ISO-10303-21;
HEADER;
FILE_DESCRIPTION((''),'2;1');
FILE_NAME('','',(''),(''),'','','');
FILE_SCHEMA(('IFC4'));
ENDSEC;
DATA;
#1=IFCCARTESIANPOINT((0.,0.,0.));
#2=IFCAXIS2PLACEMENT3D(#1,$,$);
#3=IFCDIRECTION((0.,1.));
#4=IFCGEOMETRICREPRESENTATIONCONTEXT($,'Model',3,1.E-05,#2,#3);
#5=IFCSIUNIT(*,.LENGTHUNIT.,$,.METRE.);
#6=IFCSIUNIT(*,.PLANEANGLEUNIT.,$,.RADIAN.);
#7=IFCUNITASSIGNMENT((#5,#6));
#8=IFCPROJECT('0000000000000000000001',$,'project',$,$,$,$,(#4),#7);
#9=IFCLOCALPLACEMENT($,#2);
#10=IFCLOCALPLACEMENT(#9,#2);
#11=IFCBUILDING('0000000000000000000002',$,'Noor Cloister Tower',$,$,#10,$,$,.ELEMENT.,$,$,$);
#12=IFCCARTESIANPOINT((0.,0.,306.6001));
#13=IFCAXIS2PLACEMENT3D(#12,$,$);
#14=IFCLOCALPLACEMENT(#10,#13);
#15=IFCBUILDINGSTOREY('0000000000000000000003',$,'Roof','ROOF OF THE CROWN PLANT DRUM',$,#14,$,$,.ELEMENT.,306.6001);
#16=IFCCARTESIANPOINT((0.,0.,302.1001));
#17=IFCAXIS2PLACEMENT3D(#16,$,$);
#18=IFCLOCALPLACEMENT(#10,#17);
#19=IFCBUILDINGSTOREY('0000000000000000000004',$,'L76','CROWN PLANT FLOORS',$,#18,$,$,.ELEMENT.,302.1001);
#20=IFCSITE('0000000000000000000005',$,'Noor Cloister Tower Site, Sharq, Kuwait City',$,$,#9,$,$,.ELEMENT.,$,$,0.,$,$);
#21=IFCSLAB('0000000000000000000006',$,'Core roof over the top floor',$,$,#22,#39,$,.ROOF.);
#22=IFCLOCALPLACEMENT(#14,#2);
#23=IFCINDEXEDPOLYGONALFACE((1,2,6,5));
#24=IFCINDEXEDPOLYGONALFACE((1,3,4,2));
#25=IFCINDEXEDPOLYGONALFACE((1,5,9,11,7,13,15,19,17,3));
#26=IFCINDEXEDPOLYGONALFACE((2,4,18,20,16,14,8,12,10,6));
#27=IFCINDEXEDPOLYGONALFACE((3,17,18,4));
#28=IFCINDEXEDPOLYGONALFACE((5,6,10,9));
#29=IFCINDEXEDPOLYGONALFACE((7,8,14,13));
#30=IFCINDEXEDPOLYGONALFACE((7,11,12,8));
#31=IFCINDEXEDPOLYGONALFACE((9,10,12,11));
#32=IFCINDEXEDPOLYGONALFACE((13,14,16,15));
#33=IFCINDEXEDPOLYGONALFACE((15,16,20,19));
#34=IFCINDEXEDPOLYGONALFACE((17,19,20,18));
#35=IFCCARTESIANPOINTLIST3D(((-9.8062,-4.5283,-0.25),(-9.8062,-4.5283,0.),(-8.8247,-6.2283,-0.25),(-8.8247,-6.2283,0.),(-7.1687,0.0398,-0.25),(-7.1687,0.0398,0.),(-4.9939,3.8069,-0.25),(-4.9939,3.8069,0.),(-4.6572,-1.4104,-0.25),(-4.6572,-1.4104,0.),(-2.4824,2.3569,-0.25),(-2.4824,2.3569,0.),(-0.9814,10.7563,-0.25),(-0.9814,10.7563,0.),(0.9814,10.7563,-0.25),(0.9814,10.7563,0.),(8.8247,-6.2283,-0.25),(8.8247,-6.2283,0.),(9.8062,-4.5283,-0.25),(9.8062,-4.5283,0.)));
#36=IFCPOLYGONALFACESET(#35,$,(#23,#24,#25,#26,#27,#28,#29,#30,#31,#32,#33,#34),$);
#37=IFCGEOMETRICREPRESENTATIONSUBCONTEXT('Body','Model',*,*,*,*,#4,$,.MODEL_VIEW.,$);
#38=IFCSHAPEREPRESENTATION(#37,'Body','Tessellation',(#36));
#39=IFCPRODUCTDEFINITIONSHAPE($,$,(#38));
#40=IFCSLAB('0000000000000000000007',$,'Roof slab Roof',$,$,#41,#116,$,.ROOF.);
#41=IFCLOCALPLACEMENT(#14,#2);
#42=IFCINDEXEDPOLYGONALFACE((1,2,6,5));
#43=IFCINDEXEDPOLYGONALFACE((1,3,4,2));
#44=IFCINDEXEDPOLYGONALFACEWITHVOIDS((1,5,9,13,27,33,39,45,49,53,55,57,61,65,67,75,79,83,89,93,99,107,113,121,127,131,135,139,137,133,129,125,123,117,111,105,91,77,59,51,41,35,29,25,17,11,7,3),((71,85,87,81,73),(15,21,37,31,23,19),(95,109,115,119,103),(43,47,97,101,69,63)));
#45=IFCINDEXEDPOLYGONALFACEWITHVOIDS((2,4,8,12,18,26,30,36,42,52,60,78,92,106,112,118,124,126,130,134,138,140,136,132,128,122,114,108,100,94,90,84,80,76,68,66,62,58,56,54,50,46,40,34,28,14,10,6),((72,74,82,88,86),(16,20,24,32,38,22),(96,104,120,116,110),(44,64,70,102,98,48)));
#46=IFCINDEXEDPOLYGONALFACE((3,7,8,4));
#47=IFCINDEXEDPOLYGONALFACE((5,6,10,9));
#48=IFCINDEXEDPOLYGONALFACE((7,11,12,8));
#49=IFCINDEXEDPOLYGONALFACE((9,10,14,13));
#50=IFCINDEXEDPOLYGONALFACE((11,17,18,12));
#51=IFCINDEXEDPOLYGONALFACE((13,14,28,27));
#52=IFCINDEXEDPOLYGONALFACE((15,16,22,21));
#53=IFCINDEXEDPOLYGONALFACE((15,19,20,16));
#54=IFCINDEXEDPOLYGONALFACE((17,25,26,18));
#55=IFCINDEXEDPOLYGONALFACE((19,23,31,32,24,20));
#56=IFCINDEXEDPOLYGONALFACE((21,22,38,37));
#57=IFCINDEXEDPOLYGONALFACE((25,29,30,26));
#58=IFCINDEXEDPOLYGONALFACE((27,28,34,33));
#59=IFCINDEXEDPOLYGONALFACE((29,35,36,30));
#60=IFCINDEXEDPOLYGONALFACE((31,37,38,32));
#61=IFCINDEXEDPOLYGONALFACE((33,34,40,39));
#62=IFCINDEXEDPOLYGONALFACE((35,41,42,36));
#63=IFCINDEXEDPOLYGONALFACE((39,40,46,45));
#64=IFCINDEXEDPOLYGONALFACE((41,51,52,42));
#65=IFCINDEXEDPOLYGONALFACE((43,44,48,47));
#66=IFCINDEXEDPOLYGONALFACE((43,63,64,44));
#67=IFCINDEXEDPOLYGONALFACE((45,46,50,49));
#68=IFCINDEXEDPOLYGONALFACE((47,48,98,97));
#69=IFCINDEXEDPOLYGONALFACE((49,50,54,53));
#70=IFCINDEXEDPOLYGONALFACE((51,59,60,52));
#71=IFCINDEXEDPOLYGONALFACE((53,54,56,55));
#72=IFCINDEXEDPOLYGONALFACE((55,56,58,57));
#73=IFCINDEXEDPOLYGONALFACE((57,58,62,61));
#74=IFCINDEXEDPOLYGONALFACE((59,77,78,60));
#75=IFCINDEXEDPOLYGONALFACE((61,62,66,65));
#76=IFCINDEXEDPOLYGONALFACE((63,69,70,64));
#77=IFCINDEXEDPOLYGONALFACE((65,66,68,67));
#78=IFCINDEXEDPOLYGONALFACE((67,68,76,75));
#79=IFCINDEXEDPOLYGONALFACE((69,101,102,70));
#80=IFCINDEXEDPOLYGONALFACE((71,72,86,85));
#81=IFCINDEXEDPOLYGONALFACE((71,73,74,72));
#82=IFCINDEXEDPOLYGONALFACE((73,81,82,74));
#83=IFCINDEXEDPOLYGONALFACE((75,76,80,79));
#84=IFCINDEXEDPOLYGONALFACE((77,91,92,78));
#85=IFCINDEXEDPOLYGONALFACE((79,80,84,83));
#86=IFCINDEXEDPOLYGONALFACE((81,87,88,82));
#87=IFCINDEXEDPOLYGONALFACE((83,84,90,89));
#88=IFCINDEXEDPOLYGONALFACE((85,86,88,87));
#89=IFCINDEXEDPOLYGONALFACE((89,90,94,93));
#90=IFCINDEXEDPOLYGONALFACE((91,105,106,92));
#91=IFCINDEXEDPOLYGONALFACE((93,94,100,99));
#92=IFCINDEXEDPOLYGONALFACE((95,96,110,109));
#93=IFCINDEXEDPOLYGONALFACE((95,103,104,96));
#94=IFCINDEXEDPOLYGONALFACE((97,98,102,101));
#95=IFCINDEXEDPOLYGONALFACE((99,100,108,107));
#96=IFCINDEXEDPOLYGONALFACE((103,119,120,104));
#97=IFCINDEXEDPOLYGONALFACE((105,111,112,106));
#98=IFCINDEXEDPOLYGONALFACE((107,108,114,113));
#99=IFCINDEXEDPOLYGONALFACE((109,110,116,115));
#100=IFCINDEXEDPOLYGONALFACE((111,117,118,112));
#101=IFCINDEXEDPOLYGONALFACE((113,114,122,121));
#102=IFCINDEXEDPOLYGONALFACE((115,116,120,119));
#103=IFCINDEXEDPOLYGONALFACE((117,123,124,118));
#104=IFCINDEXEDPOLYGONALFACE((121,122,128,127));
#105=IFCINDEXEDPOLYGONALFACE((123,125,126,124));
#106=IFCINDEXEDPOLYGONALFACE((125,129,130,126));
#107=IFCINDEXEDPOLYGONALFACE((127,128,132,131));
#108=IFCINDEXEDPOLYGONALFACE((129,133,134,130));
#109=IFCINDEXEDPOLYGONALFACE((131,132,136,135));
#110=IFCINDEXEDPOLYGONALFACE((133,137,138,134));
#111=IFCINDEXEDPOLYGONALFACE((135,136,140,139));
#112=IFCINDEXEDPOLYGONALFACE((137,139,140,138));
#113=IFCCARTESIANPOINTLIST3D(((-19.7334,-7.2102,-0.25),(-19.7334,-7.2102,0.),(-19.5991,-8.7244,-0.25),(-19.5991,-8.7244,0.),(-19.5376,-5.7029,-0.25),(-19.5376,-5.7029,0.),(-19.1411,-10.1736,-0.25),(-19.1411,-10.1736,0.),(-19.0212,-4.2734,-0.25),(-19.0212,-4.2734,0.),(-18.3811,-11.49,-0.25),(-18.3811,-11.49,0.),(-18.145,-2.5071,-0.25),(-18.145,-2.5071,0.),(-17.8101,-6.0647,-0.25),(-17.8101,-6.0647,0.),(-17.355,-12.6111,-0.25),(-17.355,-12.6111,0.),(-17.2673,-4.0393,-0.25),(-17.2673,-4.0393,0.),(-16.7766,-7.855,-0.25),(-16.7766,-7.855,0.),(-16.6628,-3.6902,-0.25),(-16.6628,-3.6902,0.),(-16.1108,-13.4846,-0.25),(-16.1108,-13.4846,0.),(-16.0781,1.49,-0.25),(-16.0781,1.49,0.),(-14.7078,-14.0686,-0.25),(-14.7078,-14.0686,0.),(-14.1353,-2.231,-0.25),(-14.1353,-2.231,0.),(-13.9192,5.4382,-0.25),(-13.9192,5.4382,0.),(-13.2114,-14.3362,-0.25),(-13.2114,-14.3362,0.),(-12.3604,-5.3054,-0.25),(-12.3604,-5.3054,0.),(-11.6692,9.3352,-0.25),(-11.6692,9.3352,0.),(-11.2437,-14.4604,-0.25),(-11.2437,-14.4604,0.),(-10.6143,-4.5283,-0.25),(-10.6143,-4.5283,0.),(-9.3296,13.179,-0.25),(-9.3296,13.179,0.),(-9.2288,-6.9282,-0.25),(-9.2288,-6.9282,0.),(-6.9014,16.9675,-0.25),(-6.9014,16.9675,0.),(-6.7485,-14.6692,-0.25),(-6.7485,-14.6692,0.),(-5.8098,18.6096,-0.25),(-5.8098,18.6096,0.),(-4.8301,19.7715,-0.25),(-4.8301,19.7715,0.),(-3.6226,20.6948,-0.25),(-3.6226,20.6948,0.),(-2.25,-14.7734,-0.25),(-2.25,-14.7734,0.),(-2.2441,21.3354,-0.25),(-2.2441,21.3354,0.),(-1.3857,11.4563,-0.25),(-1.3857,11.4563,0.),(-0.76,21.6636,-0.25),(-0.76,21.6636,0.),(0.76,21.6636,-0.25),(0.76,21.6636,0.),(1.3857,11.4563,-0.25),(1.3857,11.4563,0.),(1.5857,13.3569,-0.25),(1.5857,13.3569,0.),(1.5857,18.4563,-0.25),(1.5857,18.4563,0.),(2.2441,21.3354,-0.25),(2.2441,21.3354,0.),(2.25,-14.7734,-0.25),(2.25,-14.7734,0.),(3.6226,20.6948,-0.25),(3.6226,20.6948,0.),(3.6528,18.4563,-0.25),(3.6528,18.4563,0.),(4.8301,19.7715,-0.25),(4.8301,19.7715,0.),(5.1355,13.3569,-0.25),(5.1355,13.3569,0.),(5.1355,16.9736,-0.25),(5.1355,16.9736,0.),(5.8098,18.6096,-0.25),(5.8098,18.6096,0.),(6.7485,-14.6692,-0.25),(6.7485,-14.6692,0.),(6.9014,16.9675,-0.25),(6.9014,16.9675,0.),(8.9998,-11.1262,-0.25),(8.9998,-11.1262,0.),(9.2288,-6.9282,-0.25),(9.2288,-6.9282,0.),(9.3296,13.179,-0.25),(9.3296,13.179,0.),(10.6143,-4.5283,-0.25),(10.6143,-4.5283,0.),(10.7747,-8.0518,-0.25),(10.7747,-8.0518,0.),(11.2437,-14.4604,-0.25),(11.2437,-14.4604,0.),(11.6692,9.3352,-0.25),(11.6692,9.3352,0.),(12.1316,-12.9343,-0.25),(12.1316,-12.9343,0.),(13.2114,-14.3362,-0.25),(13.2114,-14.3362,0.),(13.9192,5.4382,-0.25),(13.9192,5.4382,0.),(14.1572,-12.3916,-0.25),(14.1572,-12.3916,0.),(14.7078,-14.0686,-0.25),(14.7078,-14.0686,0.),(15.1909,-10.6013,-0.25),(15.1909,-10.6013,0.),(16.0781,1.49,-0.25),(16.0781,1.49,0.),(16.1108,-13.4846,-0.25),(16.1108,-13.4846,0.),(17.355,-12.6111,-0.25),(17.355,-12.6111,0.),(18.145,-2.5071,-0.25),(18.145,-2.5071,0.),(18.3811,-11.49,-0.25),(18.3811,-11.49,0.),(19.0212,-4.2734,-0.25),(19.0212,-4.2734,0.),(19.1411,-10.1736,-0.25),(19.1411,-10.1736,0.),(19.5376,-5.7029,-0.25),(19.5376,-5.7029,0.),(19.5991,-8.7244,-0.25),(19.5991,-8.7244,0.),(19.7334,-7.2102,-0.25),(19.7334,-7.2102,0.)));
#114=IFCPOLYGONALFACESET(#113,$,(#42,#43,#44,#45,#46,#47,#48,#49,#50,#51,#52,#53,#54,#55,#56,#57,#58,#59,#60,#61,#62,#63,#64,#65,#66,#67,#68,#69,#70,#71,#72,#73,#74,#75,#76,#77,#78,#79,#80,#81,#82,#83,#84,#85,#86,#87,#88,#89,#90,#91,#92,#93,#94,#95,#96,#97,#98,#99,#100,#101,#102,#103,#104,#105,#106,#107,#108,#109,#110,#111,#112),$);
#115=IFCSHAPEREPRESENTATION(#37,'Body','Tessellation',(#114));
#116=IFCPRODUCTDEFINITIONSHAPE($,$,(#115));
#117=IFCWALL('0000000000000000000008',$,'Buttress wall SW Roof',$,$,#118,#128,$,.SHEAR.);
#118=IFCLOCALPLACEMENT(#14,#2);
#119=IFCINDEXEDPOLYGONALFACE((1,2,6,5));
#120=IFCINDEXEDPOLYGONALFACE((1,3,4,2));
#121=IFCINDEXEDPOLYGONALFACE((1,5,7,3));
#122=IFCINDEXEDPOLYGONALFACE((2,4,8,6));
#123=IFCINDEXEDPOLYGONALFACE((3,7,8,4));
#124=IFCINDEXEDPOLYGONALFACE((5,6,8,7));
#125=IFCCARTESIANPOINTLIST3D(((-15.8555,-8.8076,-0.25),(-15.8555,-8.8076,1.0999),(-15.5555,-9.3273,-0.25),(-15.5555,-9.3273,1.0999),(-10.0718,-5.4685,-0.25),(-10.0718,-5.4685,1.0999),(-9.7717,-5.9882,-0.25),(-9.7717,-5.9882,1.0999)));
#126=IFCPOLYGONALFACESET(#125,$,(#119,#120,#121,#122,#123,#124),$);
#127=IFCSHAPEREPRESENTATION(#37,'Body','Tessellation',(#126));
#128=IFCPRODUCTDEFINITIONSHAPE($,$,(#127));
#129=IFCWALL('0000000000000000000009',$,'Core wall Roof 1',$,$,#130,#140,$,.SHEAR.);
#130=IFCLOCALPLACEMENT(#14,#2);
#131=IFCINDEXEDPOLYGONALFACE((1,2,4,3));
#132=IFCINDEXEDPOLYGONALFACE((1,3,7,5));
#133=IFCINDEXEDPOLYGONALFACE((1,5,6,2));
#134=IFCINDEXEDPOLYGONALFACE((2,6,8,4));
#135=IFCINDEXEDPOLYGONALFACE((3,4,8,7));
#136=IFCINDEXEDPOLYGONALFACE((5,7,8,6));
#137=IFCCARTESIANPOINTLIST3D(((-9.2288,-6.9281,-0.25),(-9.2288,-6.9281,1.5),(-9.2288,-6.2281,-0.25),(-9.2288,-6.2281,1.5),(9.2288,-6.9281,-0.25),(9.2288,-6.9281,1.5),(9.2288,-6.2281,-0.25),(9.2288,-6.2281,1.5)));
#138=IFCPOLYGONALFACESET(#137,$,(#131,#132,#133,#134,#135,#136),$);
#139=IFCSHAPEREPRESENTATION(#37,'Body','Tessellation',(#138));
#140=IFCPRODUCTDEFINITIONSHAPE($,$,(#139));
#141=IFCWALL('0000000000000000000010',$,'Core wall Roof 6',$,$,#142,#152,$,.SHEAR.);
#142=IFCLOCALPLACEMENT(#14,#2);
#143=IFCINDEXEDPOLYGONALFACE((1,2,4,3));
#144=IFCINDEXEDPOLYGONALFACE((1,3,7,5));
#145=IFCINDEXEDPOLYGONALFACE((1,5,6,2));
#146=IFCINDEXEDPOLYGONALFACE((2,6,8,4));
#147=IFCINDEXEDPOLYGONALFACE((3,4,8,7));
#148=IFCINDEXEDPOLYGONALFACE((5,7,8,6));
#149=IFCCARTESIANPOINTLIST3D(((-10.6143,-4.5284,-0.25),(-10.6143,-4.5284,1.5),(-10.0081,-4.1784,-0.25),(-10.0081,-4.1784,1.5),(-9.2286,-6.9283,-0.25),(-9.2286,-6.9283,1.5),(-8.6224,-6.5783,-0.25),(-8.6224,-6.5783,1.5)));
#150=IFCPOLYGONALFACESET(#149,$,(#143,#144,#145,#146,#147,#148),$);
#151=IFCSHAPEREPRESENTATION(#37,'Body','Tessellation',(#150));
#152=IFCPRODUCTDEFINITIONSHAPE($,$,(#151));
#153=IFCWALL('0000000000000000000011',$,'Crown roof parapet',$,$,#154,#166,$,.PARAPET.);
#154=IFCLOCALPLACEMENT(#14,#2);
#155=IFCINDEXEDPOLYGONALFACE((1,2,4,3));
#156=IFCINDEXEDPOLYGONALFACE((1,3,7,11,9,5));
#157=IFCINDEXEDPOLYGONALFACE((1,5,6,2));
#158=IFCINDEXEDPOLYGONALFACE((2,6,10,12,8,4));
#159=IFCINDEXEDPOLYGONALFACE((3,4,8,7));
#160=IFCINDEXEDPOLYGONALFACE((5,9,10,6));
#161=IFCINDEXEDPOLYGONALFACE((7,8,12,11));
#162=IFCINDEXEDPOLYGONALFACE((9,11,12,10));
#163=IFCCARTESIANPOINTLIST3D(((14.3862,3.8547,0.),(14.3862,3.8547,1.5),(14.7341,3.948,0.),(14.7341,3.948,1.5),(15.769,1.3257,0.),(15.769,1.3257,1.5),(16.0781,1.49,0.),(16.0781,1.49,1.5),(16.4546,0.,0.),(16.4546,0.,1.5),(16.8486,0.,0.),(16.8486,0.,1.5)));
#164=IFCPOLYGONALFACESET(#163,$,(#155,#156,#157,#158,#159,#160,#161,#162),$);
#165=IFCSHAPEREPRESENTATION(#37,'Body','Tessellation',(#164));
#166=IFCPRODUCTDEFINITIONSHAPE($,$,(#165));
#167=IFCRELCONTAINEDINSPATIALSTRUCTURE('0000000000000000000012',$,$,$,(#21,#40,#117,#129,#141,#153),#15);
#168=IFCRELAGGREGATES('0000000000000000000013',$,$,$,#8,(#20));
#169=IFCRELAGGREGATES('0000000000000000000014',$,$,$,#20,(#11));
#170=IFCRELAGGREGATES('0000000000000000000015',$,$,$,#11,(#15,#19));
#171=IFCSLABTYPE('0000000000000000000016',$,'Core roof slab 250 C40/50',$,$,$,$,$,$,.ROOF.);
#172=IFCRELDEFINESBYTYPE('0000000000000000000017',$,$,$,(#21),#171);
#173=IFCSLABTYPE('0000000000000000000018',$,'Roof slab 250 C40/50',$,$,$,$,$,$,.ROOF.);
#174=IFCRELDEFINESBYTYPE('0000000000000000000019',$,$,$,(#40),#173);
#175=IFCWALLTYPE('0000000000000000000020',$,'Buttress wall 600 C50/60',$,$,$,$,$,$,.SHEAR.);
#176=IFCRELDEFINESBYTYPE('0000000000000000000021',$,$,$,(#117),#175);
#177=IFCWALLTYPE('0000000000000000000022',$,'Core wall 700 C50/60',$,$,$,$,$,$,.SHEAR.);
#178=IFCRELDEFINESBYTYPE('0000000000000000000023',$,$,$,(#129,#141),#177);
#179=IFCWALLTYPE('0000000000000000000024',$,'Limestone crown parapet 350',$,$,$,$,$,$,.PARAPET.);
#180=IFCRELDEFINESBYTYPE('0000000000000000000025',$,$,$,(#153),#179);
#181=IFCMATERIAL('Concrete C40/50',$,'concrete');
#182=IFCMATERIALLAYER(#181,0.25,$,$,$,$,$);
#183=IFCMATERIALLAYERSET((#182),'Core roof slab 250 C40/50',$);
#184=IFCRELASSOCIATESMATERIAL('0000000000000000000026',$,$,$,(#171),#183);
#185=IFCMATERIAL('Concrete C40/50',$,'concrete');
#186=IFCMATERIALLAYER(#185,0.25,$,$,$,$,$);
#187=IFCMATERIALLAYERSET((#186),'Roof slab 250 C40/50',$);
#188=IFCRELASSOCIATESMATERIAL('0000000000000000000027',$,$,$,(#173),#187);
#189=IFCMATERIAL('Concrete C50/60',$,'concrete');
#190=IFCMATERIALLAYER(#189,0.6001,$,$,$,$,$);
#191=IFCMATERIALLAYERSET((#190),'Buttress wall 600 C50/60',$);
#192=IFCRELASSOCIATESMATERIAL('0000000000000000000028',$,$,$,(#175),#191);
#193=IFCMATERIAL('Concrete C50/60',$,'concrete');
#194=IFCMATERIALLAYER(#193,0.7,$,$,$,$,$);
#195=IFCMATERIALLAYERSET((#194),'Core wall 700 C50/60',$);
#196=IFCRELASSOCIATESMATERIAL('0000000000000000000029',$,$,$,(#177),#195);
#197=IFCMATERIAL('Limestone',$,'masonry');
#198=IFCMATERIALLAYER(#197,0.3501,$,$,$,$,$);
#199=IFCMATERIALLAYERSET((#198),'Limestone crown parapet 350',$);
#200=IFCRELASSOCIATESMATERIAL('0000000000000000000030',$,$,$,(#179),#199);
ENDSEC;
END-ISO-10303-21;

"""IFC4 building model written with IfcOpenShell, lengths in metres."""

from ifc_helpers import new_model, si_unit, direction, frame, frame_2d, origin, place, context, subcontext, project, spatial, polyline, rectangle, outline, extrude, material, layer, layer_set, type_object, element, save


model = new_model("IFC4")

# Units and contexts
model_context = context("Model", 3, precision=1e-05, world=origin(), true_north=direction((0.0, 1.0)))
body_context = subcontext(model_context, "Body", "Model", "MODEL_VIEW")
ifc_project = project(units=[si_unit("LENGTHUNIT", "METRE"), si_unit("PLANEANGLEUNIT", "RADIAN")], contexts=[model_context])

# Site, building, storey
site_placement = place(None, origin())
site = spatial("IfcSite", under=ifc_project, at=site_placement, Name="Noor Cloister Tower Site, Sharq, Kuwait City", CompositionType="ELEMENT", RefElevation=0.0)
building_placement = place(site_placement, origin())
building = spatial("IfcBuilding", under=site, at=building_placement, Name="Noor Cloister Tower", CompositionType="ELEMENT")
storey_1_placement = place(building_placement, frame((0.0, 0.0, 306.6001)))
storey_1 = spatial("IfcBuildingStorey", under=building, at=storey_1_placement, Name="Roof", Description="ROOF OF THE CROWN PLANT DRUM", CompositionType="ELEMENT", Elevation=306.6001)

# Slabs
ifc_material_1 = material(Name="Concrete C40/50", Category="concrete")
ifc_layer_1 = layer(ifc_material_1, 0.25)
ifc_layer_set_1 = layer_set([ifc_layer_1], Name="Core roof slab 250 C40/50")
slab_type_1 = type_object("IfcSlabType", Name="Core roof slab 250 C40/50", PredefinedType="ROOF", material=ifc_layer_set_1)
slab_1_placement = place(storey_1_placement, frame((0.0, 0.0, -0.25)))
element("IfcSlab", 1, at=slab_1_placement, inside=storey_1, type_object=slab_type_1, Name="Core roof over the top floor", PredefinedType="ROOF", context=body_context, shape_type="SweptSolid", body=[
    extrude(outline(polyline([(-4.9939, 3.8069), (-2.4824, 2.3569), (-4.6572, -1.4104), (-7.1687, 0.0398), (-9.8062, -4.5283), (-8.8247, -6.2283), (8.8247, -6.2283), (9.8062, -4.5283), (0.9814, 10.7563), (-0.9814, 10.7563), (-4.9939, 3.8069)])), origin(), (0.0, 0.0, 1.0), 0.25),
])
ifc_material_2 = material(Name="Concrete C40/50", Category="concrete")
ifc_layer_2 = layer(ifc_material_2, 0.25)
ifc_layer_set_2 = layer_set([ifc_layer_2], Name="Roof slab 250 C40/50")
slab_type_2 = type_object("IfcSlabType", Name="Roof slab 250 C40/50", PredefinedType="ROOF", material=ifc_layer_set_2)
slab_2_placement = place(storey_1_placement, frame((0.0, 0.0, -0.25)))
element("IfcSlab", 2, at=slab_2_placement, inside=storey_1, type_object=slab_type_2, Name="Roof slab Roof", PredefinedType="ROOF", context=body_context, shape_type="SweptSolid", body=[
    extrude(outline(polyline([(5.8098, 18.6096), (4.8301, 19.7715), (3.6226, 20.6948), (2.2441, 21.3354), (0.76, 21.6636), (-0.76, 21.6636), (-2.2441, 21.3354), (-3.6226, 20.6948), (-4.8301, 19.7715), (-5.8098, 18.6096), (-6.9014, 16.9675), (-9.3296, 13.179), (-11.6692, 9.3352), (-13.9192, 5.4382), (-16.0781, 1.49), (-18.145, -2.5071), (-19.0212, -4.2734), (-19.5376, -5.7029), (-19.7334, -7.2102), (-19.5991, -8.7244), (-19.1411, -10.1736), (-18.3811, -11.49), (-17.355, -12.6111), (-16.1108, -13.4846), (-14.7078, -14.0686), (-13.2114, -14.3362), (-11.2437, -14.4604), (-6.7485, -14.6692), (-2.25, -14.7734), (2.25, -14.7734), (6.7485, -14.6692), (11.2437, -14.4604), (13.2114, -14.3362), (14.7078, -14.0686), (16.1108, -13.4846), (17.355, -12.6111), (18.3811, -11.49), (19.1411, -10.1736), (19.5991, -8.7244), (19.7334, -7.2102), (19.5376, -5.7029), (19.0212, -4.2734), (18.145, -2.5071), (16.0781, 1.49), (13.9192, 5.4382), (11.6692, 9.3352), (9.3296, 13.179), (6.9014, 16.9675), (5.8098, 18.6096)]), holes=[polyline([(8.9998, -11.1262), (12.1316, -12.9343), (14.1572, -12.3916), (15.1909, -10.6013), (10.7747, -8.0518), (8.9998, -11.1262)]), polyline([(-17.8101, -6.0647), (-16.7766, -7.855), (-12.3604, -5.3054), (-14.1353, -2.231), (-16.6628, -3.6902), (-17.2673, -4.0393), (-17.8101, -6.0647)]), polyline([(-10.6143, -4.5283), (-9.2288, -6.9282), (9.2288, -6.9282), (10.6143, -4.5283), (1.3857, 11.4563), (-1.3857, 11.4563), (-10.6143, -4.5283)]), polyline([(3.6528, 18.4563), (1.5857, 18.4563), (1.5857, 13.3569), (5.1355, 13.3569), (5.1355, 16.9736), (3.6528, 18.4563)])]), origin(), (0.0, 0.0, 1.0), 0.25),
])

# Walls
ifc_material_3 = material(Name="Concrete C50/60", Category="concrete")
ifc_layer_3 = layer(ifc_material_3, 0.6001)
ifc_layer_set_3 = layer_set([ifc_layer_3], Name="Buttress wall 600 C50/60")
wall_type_1 = type_object("IfcWallType", Name="Buttress wall 600 C50/60", PredefinedType="SHEAR", material=ifc_layer_set_3)
wall_1_placement = place(storey_1_placement, frame((-9.9216, -5.7283, -0.25), z_axis=(0.0, 0.0, 1.0), x_axis=(-0.866032, -0.499988, 0.0)))
element("IfcWall", 3, at=wall_1_placement, inside=storey_1, type_object=wall_type_1, Name="Buttress wall SW Roof", PredefinedType="SHEAR", context=body_context, shape_type="SweptSolid", body=[
    extrude(rectangle(XDim=6.6785, YDim=0.6001, at=frame_2d((3.3394, 0.0))), origin(), (0.0, 0.0, 1.0), 1.3499),
])
ifc_material_4 = material(Name="Concrete C50/60", Category="concrete")
ifc_layer_4 = layer(ifc_material_4, 0.7)
ifc_layer_set_4 = layer_set([ifc_layer_4], Name="Core wall 700 C50/60")
wall_type_2 = type_object("IfcWallType", Name="Core wall 700 C50/60", PredefinedType="SHEAR", material=ifc_layer_set_4)
wall_2_placement = place(storey_1_placement, frame((-9.2288, -6.5781, -0.25), z_axis=(0.0, 0.0, 1.0), x_axis=(1.0, 0.0, 0.0)))
element("IfcWall", 4, at=wall_2_placement, inside=storey_1, type_object=wall_type_2, Name="Core wall Roof 1", PredefinedType="SHEAR", context=body_context, shape_type="SweptSolid", body=[
    extrude(rectangle(XDim=18.4575, YDim=0.7, at=frame_2d((9.2288, 0.0))), origin(), (0.0, 0.0, 1.0), 1.75),
])
wall_3_placement = place(storey_1_placement, frame((-10.3113, -4.3533, -0.25), z_axis=(0.0, 0.0, 1.0), x_axis=(0.500043, -0.866001, 0.0)))
element("IfcWall", 5, at=wall_3_placement, inside=storey_1, type_object=wall_type_2, Name="Core wall Roof 6", PredefinedType="SHEAR", context=body_context, shape_type="SweptSolid", body=[
    extrude(rectangle(XDim=2.7712, YDim=0.7, at=frame_2d((1.3857, 0.0))), origin(), (0.0, 0.0, 1.0), 1.75),
])
ifc_material_5 = material(Name="Limestone", Category="masonry")
ifc_layer_5 = layer(ifc_material_5, 0.3501)
ifc_layer_set_5 = layer_set([ifc_layer_5], Name="Limestone crown parapet 350")
wall_type_3 = type_object("IfcWallType", Name="Limestone crown parapet 350", PredefinedType="PARAPET", material=ifc_layer_set_5)
wall_4_placement = place(storey_1_placement, origin())
element("IfcWall", 6, at=wall_4_placement, inside=storey_1, type_object=wall_type_3, Name="Crown roof parapet", PredefinedType="PARAPET", context=body_context, shape_type="SweptSolid", body=[
    extrude(outline(polyline([(14.7341, 3.948), (14.3862, 3.8547), (15.769, 1.3257), (16.4546, 0.0), (16.8486, 0.0), (16.0781, 1.49), (14.7341, 3.948)])), origin(), (0.0, 0.0, 1.0), 1.5),
])

# Shared definitions
storey_2_placement = place(building_placement, frame((0.0, 0.0, 302.1001)))
storey_2 = spatial("IfcBuildingStorey", under=building, at=storey_2_placement, Name="L76", Description="CROWN PLANT FLOORS", CompositionType="ELEMENT", Elevation=302.1001)

save(model, "model.ifc")
